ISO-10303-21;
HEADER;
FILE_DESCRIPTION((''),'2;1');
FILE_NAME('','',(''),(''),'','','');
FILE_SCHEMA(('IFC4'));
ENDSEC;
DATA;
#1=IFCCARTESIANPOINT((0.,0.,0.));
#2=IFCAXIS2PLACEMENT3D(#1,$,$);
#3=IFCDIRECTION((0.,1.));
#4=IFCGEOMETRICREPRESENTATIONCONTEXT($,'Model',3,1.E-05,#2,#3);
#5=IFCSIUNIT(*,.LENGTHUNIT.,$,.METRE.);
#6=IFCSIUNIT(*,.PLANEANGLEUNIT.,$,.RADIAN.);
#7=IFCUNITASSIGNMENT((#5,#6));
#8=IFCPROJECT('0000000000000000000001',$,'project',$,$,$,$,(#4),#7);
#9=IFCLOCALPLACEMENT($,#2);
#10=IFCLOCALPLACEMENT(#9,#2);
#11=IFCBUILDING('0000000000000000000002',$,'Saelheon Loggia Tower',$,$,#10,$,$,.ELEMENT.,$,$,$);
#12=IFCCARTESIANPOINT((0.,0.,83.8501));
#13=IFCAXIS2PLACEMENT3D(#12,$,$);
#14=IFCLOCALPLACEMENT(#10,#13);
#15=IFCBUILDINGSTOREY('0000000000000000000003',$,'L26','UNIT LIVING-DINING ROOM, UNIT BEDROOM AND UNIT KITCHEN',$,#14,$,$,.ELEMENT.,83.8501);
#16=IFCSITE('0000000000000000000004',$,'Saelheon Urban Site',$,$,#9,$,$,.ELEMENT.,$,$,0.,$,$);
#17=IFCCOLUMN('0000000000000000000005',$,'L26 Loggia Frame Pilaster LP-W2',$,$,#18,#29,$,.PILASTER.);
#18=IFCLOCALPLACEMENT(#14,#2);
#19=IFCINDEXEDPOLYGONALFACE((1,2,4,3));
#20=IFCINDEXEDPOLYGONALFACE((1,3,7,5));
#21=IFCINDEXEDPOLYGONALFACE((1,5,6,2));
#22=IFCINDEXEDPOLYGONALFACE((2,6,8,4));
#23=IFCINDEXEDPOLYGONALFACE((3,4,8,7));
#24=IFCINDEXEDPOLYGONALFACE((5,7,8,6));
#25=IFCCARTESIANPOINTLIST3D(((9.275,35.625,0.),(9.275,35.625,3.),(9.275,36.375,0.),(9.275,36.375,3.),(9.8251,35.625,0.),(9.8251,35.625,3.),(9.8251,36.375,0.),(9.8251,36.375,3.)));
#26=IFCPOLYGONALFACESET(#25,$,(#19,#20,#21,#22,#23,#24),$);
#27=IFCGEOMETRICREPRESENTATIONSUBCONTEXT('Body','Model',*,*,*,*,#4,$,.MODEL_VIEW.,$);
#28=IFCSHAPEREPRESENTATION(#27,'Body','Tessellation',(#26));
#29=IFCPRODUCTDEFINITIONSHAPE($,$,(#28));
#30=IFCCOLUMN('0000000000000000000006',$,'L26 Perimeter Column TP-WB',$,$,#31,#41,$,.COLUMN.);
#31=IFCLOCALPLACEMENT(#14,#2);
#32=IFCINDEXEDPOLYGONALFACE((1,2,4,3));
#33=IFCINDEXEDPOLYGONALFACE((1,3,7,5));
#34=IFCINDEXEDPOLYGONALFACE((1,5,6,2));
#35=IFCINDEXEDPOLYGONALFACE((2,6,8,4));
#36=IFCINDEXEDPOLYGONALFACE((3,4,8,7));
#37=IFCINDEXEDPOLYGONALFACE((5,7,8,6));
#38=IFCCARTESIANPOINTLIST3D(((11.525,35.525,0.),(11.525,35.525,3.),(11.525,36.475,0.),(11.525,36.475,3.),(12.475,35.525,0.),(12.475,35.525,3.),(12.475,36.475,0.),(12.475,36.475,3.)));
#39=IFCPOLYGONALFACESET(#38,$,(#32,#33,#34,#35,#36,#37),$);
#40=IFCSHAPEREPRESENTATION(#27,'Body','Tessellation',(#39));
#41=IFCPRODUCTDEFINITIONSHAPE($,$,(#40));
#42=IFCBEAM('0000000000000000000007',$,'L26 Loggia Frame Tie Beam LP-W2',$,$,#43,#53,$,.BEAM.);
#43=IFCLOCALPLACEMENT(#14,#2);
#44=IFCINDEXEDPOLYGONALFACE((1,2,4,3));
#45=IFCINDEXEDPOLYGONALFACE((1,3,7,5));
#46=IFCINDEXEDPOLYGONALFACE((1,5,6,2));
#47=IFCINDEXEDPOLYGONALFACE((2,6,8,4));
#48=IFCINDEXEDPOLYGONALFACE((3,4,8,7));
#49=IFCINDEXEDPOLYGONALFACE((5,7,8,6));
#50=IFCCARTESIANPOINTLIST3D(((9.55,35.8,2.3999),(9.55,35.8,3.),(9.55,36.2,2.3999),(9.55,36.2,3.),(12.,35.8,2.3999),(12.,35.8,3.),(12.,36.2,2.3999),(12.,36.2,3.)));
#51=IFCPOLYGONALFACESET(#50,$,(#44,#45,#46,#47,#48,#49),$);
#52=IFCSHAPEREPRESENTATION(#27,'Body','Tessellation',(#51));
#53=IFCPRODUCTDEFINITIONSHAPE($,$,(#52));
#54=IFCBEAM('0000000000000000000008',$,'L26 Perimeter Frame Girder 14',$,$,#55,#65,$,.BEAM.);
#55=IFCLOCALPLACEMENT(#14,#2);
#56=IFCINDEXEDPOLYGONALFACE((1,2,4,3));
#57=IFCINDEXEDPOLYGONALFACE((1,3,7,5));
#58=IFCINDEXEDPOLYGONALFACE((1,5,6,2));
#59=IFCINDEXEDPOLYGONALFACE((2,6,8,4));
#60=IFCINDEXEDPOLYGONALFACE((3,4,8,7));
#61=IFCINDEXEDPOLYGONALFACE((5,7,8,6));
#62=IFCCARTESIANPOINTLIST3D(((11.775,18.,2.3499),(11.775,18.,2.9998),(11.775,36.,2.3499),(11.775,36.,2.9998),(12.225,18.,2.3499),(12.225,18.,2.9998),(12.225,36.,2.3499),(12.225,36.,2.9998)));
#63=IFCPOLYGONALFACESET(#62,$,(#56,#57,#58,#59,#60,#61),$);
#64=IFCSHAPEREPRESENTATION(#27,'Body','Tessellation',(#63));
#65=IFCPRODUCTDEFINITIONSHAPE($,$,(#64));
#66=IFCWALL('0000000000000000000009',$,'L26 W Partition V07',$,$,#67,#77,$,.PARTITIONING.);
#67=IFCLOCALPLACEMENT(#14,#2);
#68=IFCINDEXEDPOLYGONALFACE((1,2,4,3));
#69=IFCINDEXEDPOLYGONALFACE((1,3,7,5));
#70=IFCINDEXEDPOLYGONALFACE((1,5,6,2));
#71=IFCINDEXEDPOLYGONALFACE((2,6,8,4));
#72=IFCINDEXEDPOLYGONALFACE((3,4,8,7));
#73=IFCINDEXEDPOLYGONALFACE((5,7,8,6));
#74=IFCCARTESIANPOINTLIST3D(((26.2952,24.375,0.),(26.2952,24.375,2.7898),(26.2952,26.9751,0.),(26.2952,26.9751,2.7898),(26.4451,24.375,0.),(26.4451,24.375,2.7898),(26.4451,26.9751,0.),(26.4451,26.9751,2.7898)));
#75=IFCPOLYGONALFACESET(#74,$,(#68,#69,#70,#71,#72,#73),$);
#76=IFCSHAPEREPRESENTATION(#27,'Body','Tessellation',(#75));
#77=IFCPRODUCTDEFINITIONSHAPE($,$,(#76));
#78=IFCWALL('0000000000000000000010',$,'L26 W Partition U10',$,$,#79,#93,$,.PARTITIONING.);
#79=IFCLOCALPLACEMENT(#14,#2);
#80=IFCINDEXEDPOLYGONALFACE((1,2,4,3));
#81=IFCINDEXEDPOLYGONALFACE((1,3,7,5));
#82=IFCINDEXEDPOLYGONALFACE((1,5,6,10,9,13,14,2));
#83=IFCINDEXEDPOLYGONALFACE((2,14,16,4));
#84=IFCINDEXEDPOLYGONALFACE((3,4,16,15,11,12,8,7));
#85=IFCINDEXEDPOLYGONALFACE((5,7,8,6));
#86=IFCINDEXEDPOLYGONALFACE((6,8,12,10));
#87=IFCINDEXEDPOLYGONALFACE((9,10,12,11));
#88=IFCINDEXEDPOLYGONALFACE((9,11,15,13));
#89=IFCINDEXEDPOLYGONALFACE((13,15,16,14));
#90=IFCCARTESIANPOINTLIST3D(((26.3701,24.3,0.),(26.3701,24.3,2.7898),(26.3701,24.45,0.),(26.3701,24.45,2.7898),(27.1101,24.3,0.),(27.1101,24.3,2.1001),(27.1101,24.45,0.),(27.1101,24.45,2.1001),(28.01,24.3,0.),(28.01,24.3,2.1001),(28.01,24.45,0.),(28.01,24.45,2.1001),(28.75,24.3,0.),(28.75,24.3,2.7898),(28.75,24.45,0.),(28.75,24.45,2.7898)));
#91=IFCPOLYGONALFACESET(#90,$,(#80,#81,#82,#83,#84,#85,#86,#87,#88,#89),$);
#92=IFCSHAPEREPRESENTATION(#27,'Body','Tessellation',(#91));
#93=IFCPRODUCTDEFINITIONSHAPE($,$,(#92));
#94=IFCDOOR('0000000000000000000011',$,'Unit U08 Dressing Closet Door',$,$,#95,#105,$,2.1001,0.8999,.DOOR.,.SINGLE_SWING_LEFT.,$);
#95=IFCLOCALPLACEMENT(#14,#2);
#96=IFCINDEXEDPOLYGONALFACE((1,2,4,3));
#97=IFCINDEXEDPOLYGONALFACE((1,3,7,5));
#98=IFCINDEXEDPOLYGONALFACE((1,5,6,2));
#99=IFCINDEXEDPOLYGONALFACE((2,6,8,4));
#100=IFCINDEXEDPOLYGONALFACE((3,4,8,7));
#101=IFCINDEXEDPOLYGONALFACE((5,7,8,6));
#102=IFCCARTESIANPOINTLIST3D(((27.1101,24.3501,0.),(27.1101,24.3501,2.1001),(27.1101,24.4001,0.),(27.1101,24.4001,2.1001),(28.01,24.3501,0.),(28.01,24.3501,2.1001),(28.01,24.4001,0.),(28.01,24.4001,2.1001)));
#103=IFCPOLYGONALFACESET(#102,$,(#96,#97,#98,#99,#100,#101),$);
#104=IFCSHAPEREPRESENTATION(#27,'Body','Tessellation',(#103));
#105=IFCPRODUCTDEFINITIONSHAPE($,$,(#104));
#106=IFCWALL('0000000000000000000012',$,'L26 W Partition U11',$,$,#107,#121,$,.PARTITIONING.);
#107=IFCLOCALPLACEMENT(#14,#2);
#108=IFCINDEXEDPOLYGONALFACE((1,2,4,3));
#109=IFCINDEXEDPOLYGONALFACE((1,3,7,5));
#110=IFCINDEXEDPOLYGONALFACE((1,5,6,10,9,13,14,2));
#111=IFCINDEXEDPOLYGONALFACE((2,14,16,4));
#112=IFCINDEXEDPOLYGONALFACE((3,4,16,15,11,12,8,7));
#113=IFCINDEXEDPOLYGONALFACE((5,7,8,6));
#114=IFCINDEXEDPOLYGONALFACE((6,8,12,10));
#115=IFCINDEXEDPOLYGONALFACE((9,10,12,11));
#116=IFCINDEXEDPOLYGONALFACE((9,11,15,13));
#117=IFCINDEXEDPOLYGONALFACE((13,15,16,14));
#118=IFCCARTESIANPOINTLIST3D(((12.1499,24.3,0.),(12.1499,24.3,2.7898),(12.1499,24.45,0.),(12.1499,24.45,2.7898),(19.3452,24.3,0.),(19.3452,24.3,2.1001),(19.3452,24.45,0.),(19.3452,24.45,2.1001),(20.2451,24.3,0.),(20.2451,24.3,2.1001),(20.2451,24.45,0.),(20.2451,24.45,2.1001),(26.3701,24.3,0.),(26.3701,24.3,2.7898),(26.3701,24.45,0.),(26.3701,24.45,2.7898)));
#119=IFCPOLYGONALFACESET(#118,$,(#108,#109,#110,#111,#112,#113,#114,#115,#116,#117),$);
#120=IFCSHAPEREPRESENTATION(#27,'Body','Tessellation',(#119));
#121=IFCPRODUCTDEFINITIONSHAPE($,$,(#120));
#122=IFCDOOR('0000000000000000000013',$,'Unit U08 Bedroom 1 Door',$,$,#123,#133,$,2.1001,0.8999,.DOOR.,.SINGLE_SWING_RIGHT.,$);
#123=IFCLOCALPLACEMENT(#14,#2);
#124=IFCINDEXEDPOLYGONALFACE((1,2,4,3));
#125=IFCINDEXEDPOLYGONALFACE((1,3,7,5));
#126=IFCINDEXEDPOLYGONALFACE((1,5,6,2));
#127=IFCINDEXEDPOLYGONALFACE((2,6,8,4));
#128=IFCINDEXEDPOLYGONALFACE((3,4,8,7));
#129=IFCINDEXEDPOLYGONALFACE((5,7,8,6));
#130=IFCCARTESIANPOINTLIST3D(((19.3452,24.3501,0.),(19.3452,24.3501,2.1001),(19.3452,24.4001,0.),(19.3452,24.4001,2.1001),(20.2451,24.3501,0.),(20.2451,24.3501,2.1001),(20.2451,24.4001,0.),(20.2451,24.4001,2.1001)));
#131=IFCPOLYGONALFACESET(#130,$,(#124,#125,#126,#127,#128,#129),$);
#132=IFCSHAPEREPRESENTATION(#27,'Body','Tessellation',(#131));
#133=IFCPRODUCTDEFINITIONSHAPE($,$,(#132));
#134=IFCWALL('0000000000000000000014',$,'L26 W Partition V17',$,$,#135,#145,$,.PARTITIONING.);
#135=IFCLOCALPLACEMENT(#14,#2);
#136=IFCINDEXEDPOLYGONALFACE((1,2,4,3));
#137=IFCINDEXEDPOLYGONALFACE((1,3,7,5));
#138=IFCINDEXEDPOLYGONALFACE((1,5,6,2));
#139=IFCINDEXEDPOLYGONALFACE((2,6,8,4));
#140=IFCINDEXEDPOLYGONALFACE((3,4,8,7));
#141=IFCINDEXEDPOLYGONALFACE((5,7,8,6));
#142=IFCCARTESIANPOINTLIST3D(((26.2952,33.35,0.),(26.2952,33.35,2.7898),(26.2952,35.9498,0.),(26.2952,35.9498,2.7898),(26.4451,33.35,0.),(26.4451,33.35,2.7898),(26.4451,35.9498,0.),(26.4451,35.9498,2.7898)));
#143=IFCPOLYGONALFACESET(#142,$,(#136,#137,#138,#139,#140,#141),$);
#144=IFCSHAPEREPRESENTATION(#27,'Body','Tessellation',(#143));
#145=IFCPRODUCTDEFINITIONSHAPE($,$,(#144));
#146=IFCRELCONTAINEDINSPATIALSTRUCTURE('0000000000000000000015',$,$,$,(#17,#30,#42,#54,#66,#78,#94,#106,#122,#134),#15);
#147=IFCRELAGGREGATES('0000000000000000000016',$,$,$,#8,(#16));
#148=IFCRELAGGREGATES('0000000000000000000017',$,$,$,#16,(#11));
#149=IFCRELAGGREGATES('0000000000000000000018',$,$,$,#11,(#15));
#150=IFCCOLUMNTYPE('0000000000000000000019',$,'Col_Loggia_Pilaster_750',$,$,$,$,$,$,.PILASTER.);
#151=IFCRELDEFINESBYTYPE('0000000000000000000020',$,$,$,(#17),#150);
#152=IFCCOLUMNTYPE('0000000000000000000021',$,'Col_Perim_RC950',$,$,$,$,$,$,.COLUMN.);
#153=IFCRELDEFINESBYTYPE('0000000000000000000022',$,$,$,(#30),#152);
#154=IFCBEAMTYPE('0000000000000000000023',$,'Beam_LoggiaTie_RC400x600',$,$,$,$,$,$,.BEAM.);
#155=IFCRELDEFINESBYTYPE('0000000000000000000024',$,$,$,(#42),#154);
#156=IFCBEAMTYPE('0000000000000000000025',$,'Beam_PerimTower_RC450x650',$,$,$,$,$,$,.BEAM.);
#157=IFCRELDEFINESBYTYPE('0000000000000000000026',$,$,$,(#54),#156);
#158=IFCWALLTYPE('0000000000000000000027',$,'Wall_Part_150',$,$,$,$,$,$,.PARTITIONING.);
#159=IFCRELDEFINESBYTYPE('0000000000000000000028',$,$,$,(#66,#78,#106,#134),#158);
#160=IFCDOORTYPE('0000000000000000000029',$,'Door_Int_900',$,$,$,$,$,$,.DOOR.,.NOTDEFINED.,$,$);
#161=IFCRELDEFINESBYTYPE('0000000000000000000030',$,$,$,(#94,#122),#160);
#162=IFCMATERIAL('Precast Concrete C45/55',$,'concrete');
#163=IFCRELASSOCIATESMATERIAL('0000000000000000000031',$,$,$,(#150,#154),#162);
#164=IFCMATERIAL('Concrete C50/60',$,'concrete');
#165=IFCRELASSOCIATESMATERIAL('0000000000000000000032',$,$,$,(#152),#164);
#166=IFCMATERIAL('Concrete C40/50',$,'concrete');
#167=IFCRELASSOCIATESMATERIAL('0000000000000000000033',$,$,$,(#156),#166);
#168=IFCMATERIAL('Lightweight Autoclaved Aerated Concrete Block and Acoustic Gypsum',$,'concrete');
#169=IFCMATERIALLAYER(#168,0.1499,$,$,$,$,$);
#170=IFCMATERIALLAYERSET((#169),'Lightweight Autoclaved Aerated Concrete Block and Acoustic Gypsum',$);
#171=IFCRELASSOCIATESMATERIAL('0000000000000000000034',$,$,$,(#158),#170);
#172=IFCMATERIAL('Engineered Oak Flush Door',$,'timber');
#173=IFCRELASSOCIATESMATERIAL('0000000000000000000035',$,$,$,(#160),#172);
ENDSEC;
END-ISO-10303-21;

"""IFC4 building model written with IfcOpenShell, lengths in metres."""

from ifc_helpers import new_model, si_unit, direction, frame, frame_2d, origin, origin_2d, place, context, subcontext, project, spatial, rectangle, extrude, source, transform, mapped, material, layer, layer_set, material_profile, profile_set, type_object, element, fill, save


model = new_model("IFC4")

# Units and contexts
model_context = context("Model", 3, precision=1e-05, world=origin(), true_north=direction((0.0, 1.0)))
body_context = subcontext(model_context, "Body", "Model", "MODEL_VIEW")
ifc_project = project(units=[si_unit("LENGTHUNIT", "METRE"), si_unit("PLANEANGLEUNIT", "RADIAN")], contexts=[model_context])

# Site, building, storey
site_placement = place(None, origin())
site = spatial("IfcSite", under=ifc_project, at=site_placement, Name="Saelheon Urban Site", CompositionType="ELEMENT", RefElevation=0.0)
building_placement = place(site_placement, origin())
building = spatial("IfcBuilding", under=site, at=building_placement, Name="Saelheon Loggia Tower", CompositionType="ELEMENT")
storey_placement = place(building_placement, frame((0.0, 0.0, 83.8501)))
storey = spatial("IfcBuildingStorey", under=building, at=storey_placement, Name="L26", Description="UNIT LIVING-DINING ROOM, UNIT BEDROOM AND UNIT KITCHEN", CompositionType="ELEMENT", Elevation=83.8501)

# Columns
ifc_material_1 = material(Name="Precast Concrete C45/55", Category="concrete")
ifc_material_profile_1 = material_profile(ifc_material_1, rectangle(XDim=0.55, YDim=0.75, at=origin_2d()), Name="RC-550x750")
ifc_profile_set_1 = profile_set([ifc_material_profile_1], Name="Precast Concrete C45/55")
column_type_1 = type_object("IfcColumnType", Name="Col_Loggia_Pilaster_750", PredefinedType="PILASTER", material=ifc_profile_set_1)
shared_shape_1 = source(origin(), body_context, "Body", "SweptSolid", [
    extrude(rectangle(XDim=0.55, YDim=0.75, at=origin_2d()), origin(), (0.0, 0.0, 1.0), 3.0),
])
column_1_placement = place(storey_placement, frame((9.55, 36.0, 0.0), z_axis=(0.0, 0.0, 1.0), x_axis=(1.0, 0.0, 0.0)))
element("IfcColumn", 1, at=column_1_placement, inside=storey, type_object=column_type_1, Name="L26 Loggia Frame Pilaster LP-W2", PredefinedType="PILASTER", context=body_context, shape_type="MappedRepresentation", body=[
    mapped(shared_shape_1, transform((0.0, 0.0, 0.0), scale=1.0)),
])
ifc_material_2 = material(Name="Concrete C50/60", Category="concrete")
ifc_material_profile_2 = material_profile(ifc_material_2, rectangle(XDim=0.95, YDim=0.95, at=origin_2d()), Name="RC-950x950")
ifc_profile_set_2 = profile_set([ifc_material_profile_2], Name="Concrete C50/60")
column_type_2 = type_object("IfcColumnType", Name="Col_Perim_RC950", PredefinedType="COLUMN", material=ifc_profile_set_2)
shared_shape_2 = source(origin(), body_context, "Body", "SweptSolid", [
    extrude(rectangle(XDim=0.95, YDim=0.95, at=origin_2d()), origin(), (0.0, 0.0, 1.0), 3.0),
])
column_2_placement = place(storey_placement, frame((12.0, 36.0, 0.0), z_axis=(0.0, 0.0, 1.0), x_axis=(1.0, 0.0, 0.0)))
element("IfcColumn", 2, at=column_2_placement, inside=storey, type_object=column_type_2, Name="L26 Perimeter Column TP-WB", PredefinedType="COLUMN", context=body_context, shape_type="MappedRepresentation", body=[
    mapped(shared_shape_2, transform((0.0, 0.0, 0.0), scale=1.0)),
])

# Beams
ifc_material_profile_3 = material_profile(ifc_material_1, rectangle(XDim=0.3999, YDim=0.6001, at=origin_2d()), Name="RC-400x600")
ifc_profile_set_3 = profile_set([ifc_material_profile_3], Name="Precast Concrete C45/55")
beam_type_1 = type_object("IfcBeamType", Name="Beam_LoggiaTie_RC400x600", PredefinedType="BEAM", material=ifc_profile_set_3)
shared_shape_3 = source(origin(), body_context, "Body", "SweptSolid", [
    extrude(rectangle(XDim=0.3999, YDim=0.6001, at=origin_2d()), origin(), (0.0, 0.0, 1.0), 2.45),
])
beam_1_placement = place(storey_placement, frame((12.0, 36.0, 2.7), z_axis=(-1.0, 0.0, 0.0), x_axis=(0.0, -1.0, 0.0)))
element("IfcBeam", 3, at=beam_1_placement, inside=storey, type_object=beam_type_1, Name="L26 Loggia Frame Tie Beam LP-W2", PredefinedType="BEAM", context=body_context, shape_type="MappedRepresentation", body=[
    mapped(shared_shape_3, transform((0.0, 0.0, 0.0), scale=1.0)),
])
ifc_material_3 = material(Name="Concrete C40/50", Category="concrete")
ifc_material_profile_4 = material_profile(ifc_material_3, rectangle(XDim=0.45, YDim=0.6499, at=origin_2d()), Name="RC-450x650")
ifc_profile_set_4 = profile_set([ifc_material_profile_4], Name="Concrete C40/50")
beam_type_2 = type_object("IfcBeamType", Name="Beam_PerimTower_RC450x650", PredefinedType="BEAM", material=ifc_profile_set_4)
shared_shape_4 = source(origin(), body_context, "Body", "SweptSolid", [
    extrude(rectangle(XDim=0.45, YDim=0.6499, at=origin_2d()), origin(), (0.0, 0.0, 1.0), 18.0),
])
beam_2_placement = place(storey_placement, frame((12.0, 36.0, 2.6748), z_axis=(0.0, -1.0, 0.0), x_axis=(1.0, 0.0, 0.0)))
element("IfcBeam", 4, at=beam_2_placement, inside=storey, type_object=beam_type_2, Name="L26 Perimeter Frame Girder 14", PredefinedType="BEAM", context=body_context, shape_type="MappedRepresentation", body=[
    mapped(shared_shape_4, transform((0.0, 0.0, 0.0), scale=1.0)),
])

# Wall
ifc_material_4 = material(Name="Lightweight Autoclaved Aerated Concrete Block and Acoustic Gypsum", Category="concrete")
ifc_layer_1 = layer(ifc_material_4, 0.1499)
ifc_layer_set_1 = layer_set([ifc_layer_1], Name="Lightweight Autoclaved Aerated Concrete Block and Acoustic Gypsum")
wall_type_1 = type_object("IfcWallType", Name="Wall_Part_150", PredefinedType="PARTITIONING", material=ifc_layer_set_1)
wall_1_placement = place(storey_placement, frame((26.3701, 24.375, 0.0), z_axis=(0.0, 0.0, 1.0), x_axis=(0.0, 1.0, 0.0)))
element("IfcWall", 5, at=wall_1_placement, inside=storey, type_object=wall_type_1, Name="L26 W Partition V07", PredefinedType="PARTITIONING", context=body_context, shape_type="SweptSolid", body=[
    extrude(rectangle(XDim=2.6001, YDim=0.1499, at=frame_2d((1.3, 0.0))), origin(), (0.0, 0.0, 1.0), 2.7898),
])

# Walls, openings, doors
wall_2_placement = place(storey_placement, frame((28.75, 24.375, 0.0), z_axis=(0.0, 0.0, 1.0), x_axis=(-1.0, 0.0, 0.0)))
wall_2 = element("IfcWall", 6, at=wall_2_placement, inside=storey, type_object=wall_type_1, Name="L26 W Partition U10", PredefinedType="PARTITIONING", context=body_context, shape_type="SweptSolid", body=[
    extrude(rectangle(XDim=2.3799, YDim=0.1499, at=frame_2d((1.1899, 0.0))), origin(), (0.0, 0.0, 1.0), 2.7898),
])
opening_1_placement = place(wall_2_placement, frame((0.74, 0.0, 0.0)))
opening_1 = element("IfcOpeningElement", 7, at=opening_1_placement, cuts=wall_2, PredefinedType="OPENING", context=body_context, shape_type="SweptSolid", body=[
    extrude(rectangle(XDim=0.8999, YDim=2.1001, at=frame_2d((0.45, 1.05))), frame((0.0, 0.0869, 0.0), z_axis=(0.0, -1.0, 0.0), x_axis=(1.0, 0.0, 0.0)), (0.0, 0.0, 1.0), 0.1738),
])
ifc_material_5 = material(Name="Engineered Oak Flush Door", Category="timber")
door_type_1 = type_object("IfcDoorType", Name="Door_Int_900", OperationType="NOTDEFINED", PredefinedType="DOOR", material=ifc_material_5)
shared_shape_5 = source(origin(), body_context, "Body", "SweptSolid", [
    extrude(rectangle(XDim=0.8999, YDim=2.1001, at=frame_2d((0.45, 1.05))), frame((0.0, 0.0249, 0.0), z_axis=(0.0, -1.0, 0.0), x_axis=(1.0, 0.0, 0.0)), (0.0, 0.0, 1.0), 0.05),
])
door_1_placement = place(opening_1_placement, origin())
door_1 = element("IfcDoor", 8, at=door_1_placement, inside=storey, type_object=door_type_1, Name="Unit U08 Dressing Closet Door", OperationType="SINGLE_SWING_LEFT", OverallHeight=2.1001, OverallWidth=0.8999, PredefinedType="DOOR", context=body_context, shape_type="MappedRepresentation", body=[
    mapped(shared_shape_5, transform((0.0, 0.0, 0.0), scale=1.0)),
])
fill(opening_1, door_1)
wall_3_placement = place(storey_placement, frame((26.3701, 24.375, 0.0), z_axis=(0.0, 0.0, 1.0), x_axis=(-1.0, 0.0, 0.0)))
wall_3 = element("IfcWall", 9, at=wall_3_placement, inside=storey, type_object=wall_type_1, Name="L26 W Partition U11", PredefinedType="PARTITIONING", context=body_context, shape_type="SweptSolid", body=[
    extrude(rectangle(XDim=14.2202, YDim=0.1499, at=frame_2d((7.1101, 0.0))), origin(), (0.0, 0.0, 1.0), 2.7898),
])
opening_2_placement = place(wall_3_placement, frame((6.125, 0.0, 0.0)))
opening_2 = element("IfcOpeningElement", 10, at=opening_2_placement, cuts=wall_3, PredefinedType="OPENING", context=body_context, shape_type="SweptSolid", body=[
    extrude(rectangle(XDim=0.8999, YDim=2.1001, at=frame_2d((0.45, 1.05))), frame((0.0, 0.0869, 0.0), z_axis=(0.0, -1.0, 0.0), x_axis=(1.0, 0.0, 0.0)), (0.0, 0.0, 1.0), 0.1738),
])
door_2_placement = place(opening_2_placement, origin())
door_2 = element("IfcDoor", 11, at=door_2_placement, inside=storey, type_object=door_type_1, Name="Unit U08 Bedroom 1 Door", OperationType="SINGLE_SWING_RIGHT", OverallHeight=2.1001, OverallWidth=0.8999, PredefinedType="DOOR", context=body_context, shape_type="MappedRepresentation", body=[
    mapped(shared_shape_5, transform((0.0, 0.0, 0.0), scale=1.0)),
])
fill(opening_2, door_2)

# Wall
wall_4_placement = place(storey_placement, frame((26.3701, 33.3501, 0.0), z_axis=(0.0, 0.0, 1.0), x_axis=(0.0, 1.0, 0.0)))
element("IfcWall", 12, at=wall_4_placement, inside=storey, type_object=wall_type_1, Name="L26 W Partition V17", PredefinedType="PARTITIONING", context=body_context, shape_type="SweptSolid", body=[
    extrude(rectangle(XDim=2.5999, YDim=0.1499, at=frame_2d((1.2998, 0.0))), origin(), (0.0, 0.0, 1.0), 2.7898),
])

save(model, "model.ifc")
